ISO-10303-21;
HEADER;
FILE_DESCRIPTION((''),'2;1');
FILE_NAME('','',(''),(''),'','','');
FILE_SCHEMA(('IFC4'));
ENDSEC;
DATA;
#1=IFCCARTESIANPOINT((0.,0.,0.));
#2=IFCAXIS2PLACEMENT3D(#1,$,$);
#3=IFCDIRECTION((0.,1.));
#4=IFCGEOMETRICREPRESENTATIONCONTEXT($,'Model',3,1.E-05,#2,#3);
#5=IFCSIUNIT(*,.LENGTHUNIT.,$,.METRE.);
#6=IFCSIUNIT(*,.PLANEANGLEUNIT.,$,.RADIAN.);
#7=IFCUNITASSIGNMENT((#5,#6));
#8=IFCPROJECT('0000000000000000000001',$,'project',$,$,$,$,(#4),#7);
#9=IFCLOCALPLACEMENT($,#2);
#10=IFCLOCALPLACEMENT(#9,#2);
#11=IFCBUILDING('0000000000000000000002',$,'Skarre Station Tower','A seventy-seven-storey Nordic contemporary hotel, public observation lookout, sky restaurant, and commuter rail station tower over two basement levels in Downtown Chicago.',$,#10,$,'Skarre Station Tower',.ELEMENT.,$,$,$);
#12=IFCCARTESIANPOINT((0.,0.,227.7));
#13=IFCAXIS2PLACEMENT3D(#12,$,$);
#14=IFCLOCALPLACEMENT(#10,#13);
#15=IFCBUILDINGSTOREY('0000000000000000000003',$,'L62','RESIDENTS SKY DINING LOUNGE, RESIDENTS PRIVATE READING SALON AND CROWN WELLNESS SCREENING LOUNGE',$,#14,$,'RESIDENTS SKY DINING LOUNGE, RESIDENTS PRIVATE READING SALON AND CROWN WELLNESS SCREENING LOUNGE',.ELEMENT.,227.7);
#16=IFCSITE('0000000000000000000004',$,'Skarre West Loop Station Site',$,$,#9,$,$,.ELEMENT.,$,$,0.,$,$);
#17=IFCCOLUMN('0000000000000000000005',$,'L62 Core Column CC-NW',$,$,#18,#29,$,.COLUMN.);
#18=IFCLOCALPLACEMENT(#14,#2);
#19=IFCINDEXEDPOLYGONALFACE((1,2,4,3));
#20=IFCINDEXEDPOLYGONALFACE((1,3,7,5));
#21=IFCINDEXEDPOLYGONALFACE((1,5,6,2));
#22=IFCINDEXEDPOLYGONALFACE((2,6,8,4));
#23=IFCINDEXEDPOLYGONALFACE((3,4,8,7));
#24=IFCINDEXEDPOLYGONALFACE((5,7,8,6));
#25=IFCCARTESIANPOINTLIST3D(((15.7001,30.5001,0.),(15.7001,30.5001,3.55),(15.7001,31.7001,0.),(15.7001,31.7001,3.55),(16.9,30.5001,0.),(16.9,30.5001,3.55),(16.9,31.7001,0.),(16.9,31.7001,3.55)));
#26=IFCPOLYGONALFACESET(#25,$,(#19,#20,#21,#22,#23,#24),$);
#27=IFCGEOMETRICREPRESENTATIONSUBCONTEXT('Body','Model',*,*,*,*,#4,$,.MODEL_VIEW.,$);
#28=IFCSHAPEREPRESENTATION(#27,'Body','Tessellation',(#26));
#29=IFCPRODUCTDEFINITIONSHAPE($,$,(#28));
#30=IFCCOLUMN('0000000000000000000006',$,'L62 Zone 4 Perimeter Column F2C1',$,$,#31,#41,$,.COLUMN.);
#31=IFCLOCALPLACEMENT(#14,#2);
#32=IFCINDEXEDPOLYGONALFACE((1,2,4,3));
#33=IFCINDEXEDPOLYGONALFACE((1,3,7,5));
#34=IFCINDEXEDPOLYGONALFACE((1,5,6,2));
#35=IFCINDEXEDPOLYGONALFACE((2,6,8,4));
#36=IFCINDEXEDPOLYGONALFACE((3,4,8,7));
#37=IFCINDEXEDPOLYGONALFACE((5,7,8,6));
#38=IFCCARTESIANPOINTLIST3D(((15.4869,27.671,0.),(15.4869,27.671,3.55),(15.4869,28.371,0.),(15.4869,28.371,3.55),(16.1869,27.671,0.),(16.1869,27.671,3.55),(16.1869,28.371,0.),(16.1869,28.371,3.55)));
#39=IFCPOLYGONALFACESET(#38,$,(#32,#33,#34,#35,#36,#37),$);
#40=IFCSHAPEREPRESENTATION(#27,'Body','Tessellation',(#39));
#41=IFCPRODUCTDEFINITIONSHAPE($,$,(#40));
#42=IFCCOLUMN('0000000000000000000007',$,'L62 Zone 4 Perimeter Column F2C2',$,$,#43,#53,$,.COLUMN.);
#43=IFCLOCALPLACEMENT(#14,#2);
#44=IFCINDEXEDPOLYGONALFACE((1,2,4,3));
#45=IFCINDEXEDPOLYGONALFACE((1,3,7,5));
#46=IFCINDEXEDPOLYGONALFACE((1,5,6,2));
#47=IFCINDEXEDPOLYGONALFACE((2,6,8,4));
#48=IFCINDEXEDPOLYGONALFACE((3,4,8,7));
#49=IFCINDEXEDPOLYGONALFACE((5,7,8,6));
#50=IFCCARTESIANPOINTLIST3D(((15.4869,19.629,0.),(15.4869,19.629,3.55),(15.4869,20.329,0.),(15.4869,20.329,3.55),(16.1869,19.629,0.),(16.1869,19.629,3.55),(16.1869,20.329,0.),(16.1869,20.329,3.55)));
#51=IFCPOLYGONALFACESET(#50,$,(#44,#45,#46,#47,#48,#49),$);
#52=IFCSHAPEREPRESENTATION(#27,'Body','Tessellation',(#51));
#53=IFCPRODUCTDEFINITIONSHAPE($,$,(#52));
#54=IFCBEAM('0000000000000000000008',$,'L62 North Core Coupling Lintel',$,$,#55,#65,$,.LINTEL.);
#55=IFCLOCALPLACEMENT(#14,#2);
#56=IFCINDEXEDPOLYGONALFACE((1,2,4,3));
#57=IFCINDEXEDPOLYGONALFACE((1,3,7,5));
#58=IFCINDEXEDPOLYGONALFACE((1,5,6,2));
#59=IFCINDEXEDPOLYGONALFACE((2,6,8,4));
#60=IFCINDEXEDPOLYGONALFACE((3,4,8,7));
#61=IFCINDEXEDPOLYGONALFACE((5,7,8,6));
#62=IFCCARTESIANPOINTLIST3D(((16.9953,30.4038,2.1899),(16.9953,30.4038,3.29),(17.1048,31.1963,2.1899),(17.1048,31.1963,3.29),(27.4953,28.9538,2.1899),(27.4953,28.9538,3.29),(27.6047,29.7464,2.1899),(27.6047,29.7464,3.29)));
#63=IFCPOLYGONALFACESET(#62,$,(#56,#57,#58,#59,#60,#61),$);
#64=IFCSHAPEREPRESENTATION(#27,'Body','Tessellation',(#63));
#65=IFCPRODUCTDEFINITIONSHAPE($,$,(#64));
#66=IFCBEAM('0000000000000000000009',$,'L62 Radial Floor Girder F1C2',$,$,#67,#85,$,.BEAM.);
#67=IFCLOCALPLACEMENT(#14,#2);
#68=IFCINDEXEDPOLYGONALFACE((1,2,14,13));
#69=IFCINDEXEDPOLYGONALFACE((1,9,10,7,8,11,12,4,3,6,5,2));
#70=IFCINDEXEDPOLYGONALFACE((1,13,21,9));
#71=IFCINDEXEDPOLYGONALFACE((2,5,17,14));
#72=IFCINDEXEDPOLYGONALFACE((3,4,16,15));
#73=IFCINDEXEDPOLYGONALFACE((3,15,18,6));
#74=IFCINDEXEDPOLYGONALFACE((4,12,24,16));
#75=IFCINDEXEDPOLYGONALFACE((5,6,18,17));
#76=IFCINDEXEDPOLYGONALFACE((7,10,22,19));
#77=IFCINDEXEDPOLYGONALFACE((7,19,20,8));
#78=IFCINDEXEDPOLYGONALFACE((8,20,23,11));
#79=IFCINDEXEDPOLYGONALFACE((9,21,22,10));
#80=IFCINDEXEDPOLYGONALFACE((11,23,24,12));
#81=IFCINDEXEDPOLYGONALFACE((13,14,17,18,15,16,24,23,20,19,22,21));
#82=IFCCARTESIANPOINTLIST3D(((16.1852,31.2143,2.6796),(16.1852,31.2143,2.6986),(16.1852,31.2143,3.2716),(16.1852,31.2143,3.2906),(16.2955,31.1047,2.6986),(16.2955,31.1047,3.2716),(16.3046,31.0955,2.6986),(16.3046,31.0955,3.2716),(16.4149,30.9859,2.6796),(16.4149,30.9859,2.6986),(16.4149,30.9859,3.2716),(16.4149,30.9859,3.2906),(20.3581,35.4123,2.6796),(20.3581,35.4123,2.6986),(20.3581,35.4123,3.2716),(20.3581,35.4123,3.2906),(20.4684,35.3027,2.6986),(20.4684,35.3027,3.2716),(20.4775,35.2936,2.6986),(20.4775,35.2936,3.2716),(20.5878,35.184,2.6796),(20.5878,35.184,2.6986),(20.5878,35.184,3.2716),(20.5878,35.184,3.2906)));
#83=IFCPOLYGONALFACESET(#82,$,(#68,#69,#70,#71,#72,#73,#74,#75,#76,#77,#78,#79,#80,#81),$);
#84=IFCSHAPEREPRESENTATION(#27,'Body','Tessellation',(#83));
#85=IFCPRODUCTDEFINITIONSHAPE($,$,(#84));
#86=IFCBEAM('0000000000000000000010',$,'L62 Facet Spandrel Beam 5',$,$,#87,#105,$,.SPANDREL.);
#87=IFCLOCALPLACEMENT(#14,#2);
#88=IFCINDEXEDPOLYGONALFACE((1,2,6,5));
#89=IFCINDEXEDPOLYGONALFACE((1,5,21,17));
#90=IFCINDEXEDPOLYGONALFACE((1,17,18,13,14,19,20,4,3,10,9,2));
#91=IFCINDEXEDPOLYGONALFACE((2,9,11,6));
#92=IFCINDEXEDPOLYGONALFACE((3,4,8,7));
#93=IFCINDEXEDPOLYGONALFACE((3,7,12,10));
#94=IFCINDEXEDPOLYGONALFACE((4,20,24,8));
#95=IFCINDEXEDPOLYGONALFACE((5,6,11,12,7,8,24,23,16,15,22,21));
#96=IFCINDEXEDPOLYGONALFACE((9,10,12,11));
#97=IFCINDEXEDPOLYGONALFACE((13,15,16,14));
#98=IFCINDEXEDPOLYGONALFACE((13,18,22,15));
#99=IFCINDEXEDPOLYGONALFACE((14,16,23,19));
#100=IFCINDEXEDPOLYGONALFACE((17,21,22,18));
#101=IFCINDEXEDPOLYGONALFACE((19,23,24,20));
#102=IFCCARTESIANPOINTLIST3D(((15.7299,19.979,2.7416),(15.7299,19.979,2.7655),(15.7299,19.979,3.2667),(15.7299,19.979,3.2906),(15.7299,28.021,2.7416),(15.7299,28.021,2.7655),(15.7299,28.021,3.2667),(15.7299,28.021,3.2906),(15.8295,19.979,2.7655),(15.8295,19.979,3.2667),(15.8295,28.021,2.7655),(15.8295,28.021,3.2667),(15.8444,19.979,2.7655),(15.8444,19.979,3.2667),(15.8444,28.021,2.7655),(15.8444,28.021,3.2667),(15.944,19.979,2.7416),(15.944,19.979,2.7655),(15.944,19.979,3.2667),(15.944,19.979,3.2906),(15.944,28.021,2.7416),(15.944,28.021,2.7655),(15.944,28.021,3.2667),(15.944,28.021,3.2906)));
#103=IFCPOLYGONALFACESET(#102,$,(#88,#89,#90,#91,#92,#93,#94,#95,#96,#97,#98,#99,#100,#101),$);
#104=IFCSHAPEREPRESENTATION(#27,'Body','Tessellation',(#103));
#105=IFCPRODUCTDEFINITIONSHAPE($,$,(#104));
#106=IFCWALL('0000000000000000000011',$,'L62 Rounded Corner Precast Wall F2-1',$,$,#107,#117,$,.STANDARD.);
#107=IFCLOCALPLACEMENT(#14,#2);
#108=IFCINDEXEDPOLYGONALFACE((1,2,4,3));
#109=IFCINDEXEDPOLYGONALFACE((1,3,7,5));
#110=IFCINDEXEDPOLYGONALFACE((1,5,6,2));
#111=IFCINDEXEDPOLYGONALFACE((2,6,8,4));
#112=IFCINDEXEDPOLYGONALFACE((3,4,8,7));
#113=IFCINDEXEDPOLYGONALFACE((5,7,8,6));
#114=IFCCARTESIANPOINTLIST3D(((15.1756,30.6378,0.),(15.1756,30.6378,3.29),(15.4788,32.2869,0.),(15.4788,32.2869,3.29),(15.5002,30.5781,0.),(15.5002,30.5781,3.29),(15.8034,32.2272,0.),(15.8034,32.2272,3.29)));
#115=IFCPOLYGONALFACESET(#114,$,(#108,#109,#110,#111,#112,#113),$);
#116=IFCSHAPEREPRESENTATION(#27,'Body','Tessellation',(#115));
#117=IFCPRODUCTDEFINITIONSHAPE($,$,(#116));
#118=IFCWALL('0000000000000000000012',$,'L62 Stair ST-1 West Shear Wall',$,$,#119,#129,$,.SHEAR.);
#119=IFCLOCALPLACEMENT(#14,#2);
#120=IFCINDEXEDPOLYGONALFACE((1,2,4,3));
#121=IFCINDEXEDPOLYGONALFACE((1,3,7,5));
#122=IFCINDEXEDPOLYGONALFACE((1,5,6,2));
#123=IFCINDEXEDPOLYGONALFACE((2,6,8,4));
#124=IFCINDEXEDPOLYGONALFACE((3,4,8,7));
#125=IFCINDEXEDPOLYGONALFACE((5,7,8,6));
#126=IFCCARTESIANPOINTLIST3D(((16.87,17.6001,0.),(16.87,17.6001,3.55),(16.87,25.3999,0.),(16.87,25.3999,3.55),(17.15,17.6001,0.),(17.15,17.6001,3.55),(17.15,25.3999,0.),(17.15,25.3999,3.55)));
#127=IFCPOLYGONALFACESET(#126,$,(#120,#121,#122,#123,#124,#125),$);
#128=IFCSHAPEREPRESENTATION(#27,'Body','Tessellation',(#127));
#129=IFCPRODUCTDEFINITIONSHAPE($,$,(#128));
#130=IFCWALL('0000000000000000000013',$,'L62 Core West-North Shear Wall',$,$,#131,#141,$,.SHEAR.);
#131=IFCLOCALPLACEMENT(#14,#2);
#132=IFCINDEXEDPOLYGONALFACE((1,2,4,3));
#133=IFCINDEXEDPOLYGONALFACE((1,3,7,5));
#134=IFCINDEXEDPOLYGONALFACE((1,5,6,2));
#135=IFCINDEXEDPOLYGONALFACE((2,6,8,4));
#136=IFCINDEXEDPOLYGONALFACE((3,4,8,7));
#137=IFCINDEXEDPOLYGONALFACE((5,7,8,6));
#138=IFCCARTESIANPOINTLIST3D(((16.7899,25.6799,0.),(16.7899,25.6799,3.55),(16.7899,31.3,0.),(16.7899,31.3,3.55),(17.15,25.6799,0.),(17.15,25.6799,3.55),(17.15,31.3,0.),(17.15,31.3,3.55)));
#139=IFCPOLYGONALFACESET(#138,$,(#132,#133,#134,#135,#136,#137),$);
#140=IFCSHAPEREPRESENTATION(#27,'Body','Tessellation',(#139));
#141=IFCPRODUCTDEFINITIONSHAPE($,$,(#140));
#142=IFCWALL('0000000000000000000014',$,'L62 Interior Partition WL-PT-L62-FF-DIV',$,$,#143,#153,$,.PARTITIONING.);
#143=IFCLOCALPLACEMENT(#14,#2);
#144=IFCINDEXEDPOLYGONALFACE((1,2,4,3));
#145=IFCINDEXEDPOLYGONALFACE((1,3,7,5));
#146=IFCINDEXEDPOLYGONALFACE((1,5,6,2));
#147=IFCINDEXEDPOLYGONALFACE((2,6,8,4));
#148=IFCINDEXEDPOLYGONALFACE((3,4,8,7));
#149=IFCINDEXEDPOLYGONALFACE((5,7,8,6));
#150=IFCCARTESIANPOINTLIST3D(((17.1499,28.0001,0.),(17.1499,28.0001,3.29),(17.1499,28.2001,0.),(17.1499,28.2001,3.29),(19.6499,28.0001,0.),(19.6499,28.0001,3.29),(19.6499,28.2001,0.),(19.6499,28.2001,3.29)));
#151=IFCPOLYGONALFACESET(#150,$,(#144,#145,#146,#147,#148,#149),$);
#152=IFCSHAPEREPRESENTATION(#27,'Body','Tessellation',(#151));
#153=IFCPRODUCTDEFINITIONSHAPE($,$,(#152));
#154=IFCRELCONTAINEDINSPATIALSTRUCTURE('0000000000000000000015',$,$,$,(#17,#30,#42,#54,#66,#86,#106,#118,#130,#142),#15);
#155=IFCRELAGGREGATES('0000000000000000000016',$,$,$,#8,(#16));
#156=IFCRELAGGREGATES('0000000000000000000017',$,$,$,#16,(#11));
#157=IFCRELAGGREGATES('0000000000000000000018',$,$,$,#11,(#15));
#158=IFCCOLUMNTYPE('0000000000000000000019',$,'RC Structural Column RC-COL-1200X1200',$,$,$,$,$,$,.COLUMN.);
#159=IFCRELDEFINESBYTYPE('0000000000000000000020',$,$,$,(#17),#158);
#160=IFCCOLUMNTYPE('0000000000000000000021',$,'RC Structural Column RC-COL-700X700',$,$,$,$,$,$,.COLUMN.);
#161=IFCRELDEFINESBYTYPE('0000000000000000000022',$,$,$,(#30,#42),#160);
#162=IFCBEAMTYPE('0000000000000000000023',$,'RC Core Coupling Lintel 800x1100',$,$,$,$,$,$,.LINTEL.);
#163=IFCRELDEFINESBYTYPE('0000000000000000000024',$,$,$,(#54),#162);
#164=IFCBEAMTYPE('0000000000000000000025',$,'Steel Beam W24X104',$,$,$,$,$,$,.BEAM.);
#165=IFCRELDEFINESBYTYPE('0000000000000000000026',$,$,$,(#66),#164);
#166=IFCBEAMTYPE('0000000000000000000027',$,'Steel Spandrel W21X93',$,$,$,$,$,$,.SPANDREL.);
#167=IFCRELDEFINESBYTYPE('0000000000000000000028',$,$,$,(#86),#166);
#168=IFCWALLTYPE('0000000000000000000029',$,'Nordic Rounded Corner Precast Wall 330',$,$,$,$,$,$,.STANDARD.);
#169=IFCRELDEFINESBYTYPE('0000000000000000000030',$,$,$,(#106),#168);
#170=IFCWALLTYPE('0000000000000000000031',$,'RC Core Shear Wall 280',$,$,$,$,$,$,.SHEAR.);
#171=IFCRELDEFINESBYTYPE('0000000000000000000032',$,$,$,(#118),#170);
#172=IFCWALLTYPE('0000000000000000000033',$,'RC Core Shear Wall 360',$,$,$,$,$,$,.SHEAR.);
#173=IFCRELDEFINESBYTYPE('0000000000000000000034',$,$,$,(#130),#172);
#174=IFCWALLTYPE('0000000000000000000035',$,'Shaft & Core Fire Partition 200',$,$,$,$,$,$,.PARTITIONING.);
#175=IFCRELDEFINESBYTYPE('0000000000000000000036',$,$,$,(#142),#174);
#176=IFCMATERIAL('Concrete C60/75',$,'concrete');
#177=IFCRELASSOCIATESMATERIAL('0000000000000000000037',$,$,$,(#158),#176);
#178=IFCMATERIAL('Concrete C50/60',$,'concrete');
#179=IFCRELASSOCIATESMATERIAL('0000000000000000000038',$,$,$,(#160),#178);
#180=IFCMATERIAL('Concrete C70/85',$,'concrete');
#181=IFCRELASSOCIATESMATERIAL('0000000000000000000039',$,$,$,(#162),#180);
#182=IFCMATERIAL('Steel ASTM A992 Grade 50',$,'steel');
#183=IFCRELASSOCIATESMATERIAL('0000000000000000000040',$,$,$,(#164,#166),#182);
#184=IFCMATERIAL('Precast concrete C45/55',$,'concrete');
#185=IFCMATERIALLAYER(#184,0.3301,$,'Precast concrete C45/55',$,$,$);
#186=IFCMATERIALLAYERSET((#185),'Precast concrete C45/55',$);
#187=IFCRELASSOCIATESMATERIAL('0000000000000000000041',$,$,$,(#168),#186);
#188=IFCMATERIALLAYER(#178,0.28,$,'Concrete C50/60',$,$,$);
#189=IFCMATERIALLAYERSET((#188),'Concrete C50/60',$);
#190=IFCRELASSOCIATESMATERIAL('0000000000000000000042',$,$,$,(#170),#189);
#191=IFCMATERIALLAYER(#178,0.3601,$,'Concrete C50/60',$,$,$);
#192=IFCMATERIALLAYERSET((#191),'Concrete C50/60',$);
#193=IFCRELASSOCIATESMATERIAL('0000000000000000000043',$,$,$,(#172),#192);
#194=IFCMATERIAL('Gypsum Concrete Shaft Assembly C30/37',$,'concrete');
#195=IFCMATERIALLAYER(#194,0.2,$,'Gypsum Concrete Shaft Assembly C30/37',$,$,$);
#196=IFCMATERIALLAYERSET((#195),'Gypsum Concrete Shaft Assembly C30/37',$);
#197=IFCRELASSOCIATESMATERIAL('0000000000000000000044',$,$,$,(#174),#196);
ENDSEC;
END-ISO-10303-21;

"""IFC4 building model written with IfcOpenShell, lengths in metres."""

from ifc_helpers import new_model, si_unit, direction, frame, frame_2d, origin, origin_2d, place, context, subcontext, project, spatial, rectangle, i_section, extrude, material, layer, layer_set, material_profile, profile_set, type_object, element, save


model = new_model("IFC4")

# Units and contexts
model_context = context("Model", 3, precision=1e-05, world=origin(), true_north=direction((0.0, 1.0)))
body_context = subcontext(model_context, "Body", "Model", "MODEL_VIEW")
ifc_project = project(units=[si_unit("LENGTHUNIT", "METRE"), si_unit("PLANEANGLEUNIT", "RADIAN")], contexts=[model_context])

# Site, building, storey
site_placement = place(None, origin())
site = spatial("IfcSite", under=ifc_project, at=site_placement, Name="Skarre West Loop Station Site", CompositionType="ELEMENT", RefElevation=0.0)
building_placement = place(site_placement, origin())
building = spatial("IfcBuilding", under=site, at=building_placement, Name="Skarre Station Tower", Description="A seventy-seven-storey Nordic contemporary hotel, public observation lookout, sky restaurant, and commuter rail station tower over two basement levels in Downtown Chicago.", LongName="Skarre Station Tower", CompositionType="ELEMENT")
storey_placement = place(building_placement, frame((0.0, 0.0, 227.7)))
storey = spatial("IfcBuildingStorey", under=building, at=storey_placement, Name="L62", Description="RESIDENTS SKY DINING LOUNGE, RESIDENTS PRIVATE READING SALON AND CROWN WELLNESS SCREENING LOUNGE", LongName="RESIDENTS SKY DINING LOUNGE, RESIDENTS PRIVATE READING SALON AND CROWN WELLNESS SCREENING LOUNGE", CompositionType="ELEMENT", Elevation=227.7)

# Columns
ifc_material_1 = material(Name="Concrete C60/75", Category="concrete")
ifc_material_profile_1 = material_profile(ifc_material_1, rectangle(XDim=1.2, YDim=1.2, at=origin_2d()), Name="Concrete C60/75")
ifc_profile_set_1 = profile_set([ifc_material_profile_1], Name="Concrete C60/75")
column_type_1 = type_object("IfcColumnType", Name="RC Structural Column RC-COL-1200X1200", PredefinedType="COLUMN", material=ifc_profile_set_1)
column_placement = place(storey_placement, frame((16.3, 31.1001, 0.0), z_axis=(0.0, 0.0, 1.0), x_axis=(1.0, 0.0, 0.0)))
element("IfcColumn", 1, at=column_placement, inside=storey, type_object=column_type_1, Name="L62 Core Column CC-NW", PredefinedType="COLUMN", context=body_context, shape_type="SweptSolid", body=[
    extrude(rectangle(XDim=1.2, YDim=1.2, at=origin_2d()), origin(), (0.0, 0.0, 1.0), 3.55),
])
ifc_material_2 = material(Name="Concrete C50/60", Category="concrete")
ifc_material_profile_2 = material_profile(ifc_material_2, rectangle(XDim=0.7, YDim=0.7, at=origin_2d()), Name="Concrete C50/60")
ifc_profile_set_2 = profile_set([ifc_material_profile_2], Name="Concrete C50/60")
column_type_2 = type_object("IfcColumnType", Name="RC Structural Column RC-COL-700X700", PredefinedType="COLUMN", material=ifc_profile_set_2)
for number, where, z_axis, x_axis, name in (
    (2, (15.8369, 28.021, 0.0), (0.0, 0.0, 1.0), (1.0, 0.0, 0.0), "L62 Zone 4 Perimeter Column F2C1"),
    (3, (15.8369, 19.979, 0.0), (0.0, 0.0, 1.0), (1.0, 0.0, 0.0), "L62 Zone 4 Perimeter Column F2C2"),
):
    element("IfcColumn", number, at=place(storey_placement, frame(where, z_axis=z_axis, x_axis=x_axis)), inside=storey, type_object=column_type_2, Name=name, PredefinedType="COLUMN", context=body_context, shape_type="SweptSolid", body=[
        extrude(rectangle(XDim=0.7, YDim=0.7, at=origin_2d()), origin(), (0.0, 0.0, 1.0), 3.55),
    ])

# Beams
ifc_material_3 = material(Name="Concrete C70/85", Category="concrete")
ifc_material_profile_3 = material_profile(ifc_material_3, rectangle(XDim=0.8, YDim=1.1001, at=origin_2d()), Name="Concrete C70/85")
ifc_profile_set_3 = profile_set([ifc_material_profile_3], Name="Concrete C70/85")
beam_type_1 = type_object("IfcBeamType", Name="RC Core Coupling Lintel 800x1100", PredefinedType="LINTEL", material=ifc_profile_set_3)
beam_1_placement = place(storey_placement, frame((17.05, 30.8, 2.74), z_axis=(0.9906, -0.136792, 0.0), x_axis=(0.136792, 0.9906, 0.0)))
element("IfcBeam", 4, at=beam_1_placement, inside=storey, type_object=beam_type_1, Name="L62 North Core Coupling Lintel", PredefinedType="LINTEL", context=body_context, shape_type="SweptSolid", body=[
    extrude(rectangle(XDim=0.8, YDim=1.1001, at=origin_2d()), origin(), (0.0, 0.0, 1.0), 10.5996),
])
ifc_material_4 = material(Name="Steel ASTM A992 Grade 50", Category="steel")
ifc_material_profile_4 = material_profile(ifc_material_4, i_section(OverallWidth=0.324, OverallDepth=0.6111, WebThickness=0.0129, FlangeThickness=0.019, at=origin_2d()), Name="Steel ASTM A992 Grade 50")
ifc_profile_set_4 = profile_set([ifc_material_profile_4], Name="Steel ASTM A992 Grade 50")
beam_type_2 = type_object("IfcBeamType", Name="Steel Beam W24X104", PredefinedType="BEAM", material=ifc_profile_set_4)
beam_2_placement = place(storey_placement, frame((16.3, 31.1001, 2.9851), z_axis=(0.704979, 0.709228, 0.0), x_axis=(-0.709228, 0.704979, 0.0)))
element("IfcBeam", 5, at=beam_2_placement, inside=storey, type_object=beam_type_2, Name="L62 Radial Floor Girder F1C2", PredefinedType="BEAM", context=body_context, shape_type="SweptSolid", body=[
    extrude(i_section(OverallWidth=0.324, OverallDepth=0.6111, WebThickness=0.0129, FlangeThickness=0.019, at=origin_2d()), origin(), (0.0, 0.0, 1.0), 5.9192),
])
ifc_material_profile_5 = material_profile(ifc_material_4, i_section(OverallWidth=0.2141, OverallDepth=0.5491, WebThickness=0.0149, FlangeThickness=0.0239, at=origin_2d()), Name="Steel ASTM A992 Grade 50")
ifc_profile_set_5 = profile_set([ifc_material_profile_5], Name="Steel ASTM A992 Grade 50")
beam_type_3 = type_object("IfcBeamType", Name="Steel Spandrel W21X93", PredefinedType="SPANDREL", material=ifc_profile_set_5)
beam_3_placement = place(storey_placement, frame((15.8369, 28.021, 3.0161), z_axis=(0.0, -1.0, 0.0), x_axis=(1.0, 0.0, 0.0)))
element("IfcBeam", 6, at=beam_3_placement, inside=storey, type_object=beam_type_3, Name="L62 Facet Spandrel Beam 5", PredefinedType="SPANDREL", context=body_context, shape_type="SweptSolid", body=[
    extrude(i_section(OverallWidth=0.2141, OverallDepth=0.5491, WebThickness=0.0149, FlangeThickness=0.0239, at=origin_2d()), origin(), (0.0, 0.0, 1.0), 8.042),
])

# Walls
ifc_material_5 = material(Name="Precast concrete C45/55", Category="concrete")
ifc_layer_1 = layer(ifc_material_5, 0.3301, Name="Precast concrete C45/55")
ifc_layer_set_1 = layer_set([ifc_layer_1], Name="Precast concrete C45/55")
wall_type_1 = type_object("IfcWallType", Name="Nordic Rounded Corner Precast Wall 330", PredefinedType="STANDARD", material=ifc_layer_set_1)
wall_1_placement = place(storey_placement, frame((15.3379, 30.6079, 0.0), z_axis=(0.0, 0.0, 1.0), x_axis=(0.180833, 0.983514, 0.0)))
element("IfcWall", 7, at=wall_1_placement, inside=storey, type_object=wall_type_1, Name="L62 Rounded Corner Precast Wall F2-1", PredefinedType="STANDARD", context=body_context, shape_type="SweptSolid", body=[
    extrude(rectangle(XDim=1.6768, YDim=0.3301, at=frame_2d((0.8384, 0.0))), origin(), (0.0, 0.0, 1.0), 3.29),
])
ifc_layer_2 = layer(ifc_material_2, 0.28, Name="Concrete C50/60")
ifc_layer_set_2 = layer_set([ifc_layer_2], Name="Concrete C50/60")
wall_type_2 = type_object("IfcWallType", Name="RC Core Shear Wall 280", PredefinedType="SHEAR", material=ifc_layer_set_2)
wall_2_placement = place(storey_placement, frame((17.01, 25.3999, 0.0), z_axis=(0.0, 0.0, 1.0), x_axis=(0.0, -1.0, 0.0)))
element("IfcWall", 8, at=wall_2_placement, inside=storey, type_object=wall_type_2, Name="L62 Stair ST-1 West Shear Wall", PredefinedType="SHEAR", context=body_context, shape_type="SweptSolid", body=[
    extrude(rectangle(XDim=7.7998, YDim=0.28, at=frame_2d((3.8999, 0.0))), origin(), (0.0, 0.0, 1.0), 3.55),
])
ifc_layer_3 = layer(ifc_material_2, 0.3601, Name="Concrete C50/60")
ifc_layer_set_3 = layer_set([ifc_layer_3], Name="Concrete C50/60")
wall_type_3 = type_object("IfcWallType", Name="RC Core Shear Wall 360", PredefinedType="SHEAR", material=ifc_layer_set_3)
wall_3_placement = place(storey_placement, frame((16.97, 25.6799, 0.0), z_axis=(0.0, 0.0, 1.0), x_axis=(0.0, 1.0, 0.0)))
element("IfcWall", 9, at=wall_3_placement, inside=storey, type_object=wall_type_3, Name="L62 Core West-North Shear Wall", PredefinedType="SHEAR", context=body_context, shape_type="SweptSolid", body=[
    extrude(rectangle(XDim=5.6201, YDim=0.3601, at=frame_2d((2.8101, 0.0))), origin(), (0.0, 0.0, 1.0), 3.55),
])
ifc_material_6 = material(Name="Gypsum Concrete Shaft Assembly C30/37", Category="concrete")
ifc_layer_4 = layer(ifc_material_6, 0.2, Name="Gypsum Concrete Shaft Assembly C30/37")
ifc_layer_set_4 = layer_set([ifc_layer_4], Name="Gypsum Concrete Shaft Assembly C30/37")
wall_type_4 = type_object("IfcWallType", Name="Shaft & Core Fire Partition 200", PredefinedType="PARTITIONING", material=ifc_layer_set_4)
wall_4_placement = place(storey_placement, frame((17.1499, 28.1001, 0.0), z_axis=(0.0, 0.0, 1.0), x_axis=(1.0, 0.0, 0.0)))
element("IfcWall", 10, at=wall_4_placement, inside=storey, type_object=wall_type_4, Name="L62 Interior Partition WL-PT-L62-FF-DIV", PredefinedType="PARTITIONING", context=body_context, shape_type="SweptSolid", body=[
    extrude(rectangle(XDim=2.5, YDim=0.2, at=frame_2d((1.25, 0.0))), origin(), (0.0, 0.0, 1.0), 3.29),
])

save(model, "model.ifc")
